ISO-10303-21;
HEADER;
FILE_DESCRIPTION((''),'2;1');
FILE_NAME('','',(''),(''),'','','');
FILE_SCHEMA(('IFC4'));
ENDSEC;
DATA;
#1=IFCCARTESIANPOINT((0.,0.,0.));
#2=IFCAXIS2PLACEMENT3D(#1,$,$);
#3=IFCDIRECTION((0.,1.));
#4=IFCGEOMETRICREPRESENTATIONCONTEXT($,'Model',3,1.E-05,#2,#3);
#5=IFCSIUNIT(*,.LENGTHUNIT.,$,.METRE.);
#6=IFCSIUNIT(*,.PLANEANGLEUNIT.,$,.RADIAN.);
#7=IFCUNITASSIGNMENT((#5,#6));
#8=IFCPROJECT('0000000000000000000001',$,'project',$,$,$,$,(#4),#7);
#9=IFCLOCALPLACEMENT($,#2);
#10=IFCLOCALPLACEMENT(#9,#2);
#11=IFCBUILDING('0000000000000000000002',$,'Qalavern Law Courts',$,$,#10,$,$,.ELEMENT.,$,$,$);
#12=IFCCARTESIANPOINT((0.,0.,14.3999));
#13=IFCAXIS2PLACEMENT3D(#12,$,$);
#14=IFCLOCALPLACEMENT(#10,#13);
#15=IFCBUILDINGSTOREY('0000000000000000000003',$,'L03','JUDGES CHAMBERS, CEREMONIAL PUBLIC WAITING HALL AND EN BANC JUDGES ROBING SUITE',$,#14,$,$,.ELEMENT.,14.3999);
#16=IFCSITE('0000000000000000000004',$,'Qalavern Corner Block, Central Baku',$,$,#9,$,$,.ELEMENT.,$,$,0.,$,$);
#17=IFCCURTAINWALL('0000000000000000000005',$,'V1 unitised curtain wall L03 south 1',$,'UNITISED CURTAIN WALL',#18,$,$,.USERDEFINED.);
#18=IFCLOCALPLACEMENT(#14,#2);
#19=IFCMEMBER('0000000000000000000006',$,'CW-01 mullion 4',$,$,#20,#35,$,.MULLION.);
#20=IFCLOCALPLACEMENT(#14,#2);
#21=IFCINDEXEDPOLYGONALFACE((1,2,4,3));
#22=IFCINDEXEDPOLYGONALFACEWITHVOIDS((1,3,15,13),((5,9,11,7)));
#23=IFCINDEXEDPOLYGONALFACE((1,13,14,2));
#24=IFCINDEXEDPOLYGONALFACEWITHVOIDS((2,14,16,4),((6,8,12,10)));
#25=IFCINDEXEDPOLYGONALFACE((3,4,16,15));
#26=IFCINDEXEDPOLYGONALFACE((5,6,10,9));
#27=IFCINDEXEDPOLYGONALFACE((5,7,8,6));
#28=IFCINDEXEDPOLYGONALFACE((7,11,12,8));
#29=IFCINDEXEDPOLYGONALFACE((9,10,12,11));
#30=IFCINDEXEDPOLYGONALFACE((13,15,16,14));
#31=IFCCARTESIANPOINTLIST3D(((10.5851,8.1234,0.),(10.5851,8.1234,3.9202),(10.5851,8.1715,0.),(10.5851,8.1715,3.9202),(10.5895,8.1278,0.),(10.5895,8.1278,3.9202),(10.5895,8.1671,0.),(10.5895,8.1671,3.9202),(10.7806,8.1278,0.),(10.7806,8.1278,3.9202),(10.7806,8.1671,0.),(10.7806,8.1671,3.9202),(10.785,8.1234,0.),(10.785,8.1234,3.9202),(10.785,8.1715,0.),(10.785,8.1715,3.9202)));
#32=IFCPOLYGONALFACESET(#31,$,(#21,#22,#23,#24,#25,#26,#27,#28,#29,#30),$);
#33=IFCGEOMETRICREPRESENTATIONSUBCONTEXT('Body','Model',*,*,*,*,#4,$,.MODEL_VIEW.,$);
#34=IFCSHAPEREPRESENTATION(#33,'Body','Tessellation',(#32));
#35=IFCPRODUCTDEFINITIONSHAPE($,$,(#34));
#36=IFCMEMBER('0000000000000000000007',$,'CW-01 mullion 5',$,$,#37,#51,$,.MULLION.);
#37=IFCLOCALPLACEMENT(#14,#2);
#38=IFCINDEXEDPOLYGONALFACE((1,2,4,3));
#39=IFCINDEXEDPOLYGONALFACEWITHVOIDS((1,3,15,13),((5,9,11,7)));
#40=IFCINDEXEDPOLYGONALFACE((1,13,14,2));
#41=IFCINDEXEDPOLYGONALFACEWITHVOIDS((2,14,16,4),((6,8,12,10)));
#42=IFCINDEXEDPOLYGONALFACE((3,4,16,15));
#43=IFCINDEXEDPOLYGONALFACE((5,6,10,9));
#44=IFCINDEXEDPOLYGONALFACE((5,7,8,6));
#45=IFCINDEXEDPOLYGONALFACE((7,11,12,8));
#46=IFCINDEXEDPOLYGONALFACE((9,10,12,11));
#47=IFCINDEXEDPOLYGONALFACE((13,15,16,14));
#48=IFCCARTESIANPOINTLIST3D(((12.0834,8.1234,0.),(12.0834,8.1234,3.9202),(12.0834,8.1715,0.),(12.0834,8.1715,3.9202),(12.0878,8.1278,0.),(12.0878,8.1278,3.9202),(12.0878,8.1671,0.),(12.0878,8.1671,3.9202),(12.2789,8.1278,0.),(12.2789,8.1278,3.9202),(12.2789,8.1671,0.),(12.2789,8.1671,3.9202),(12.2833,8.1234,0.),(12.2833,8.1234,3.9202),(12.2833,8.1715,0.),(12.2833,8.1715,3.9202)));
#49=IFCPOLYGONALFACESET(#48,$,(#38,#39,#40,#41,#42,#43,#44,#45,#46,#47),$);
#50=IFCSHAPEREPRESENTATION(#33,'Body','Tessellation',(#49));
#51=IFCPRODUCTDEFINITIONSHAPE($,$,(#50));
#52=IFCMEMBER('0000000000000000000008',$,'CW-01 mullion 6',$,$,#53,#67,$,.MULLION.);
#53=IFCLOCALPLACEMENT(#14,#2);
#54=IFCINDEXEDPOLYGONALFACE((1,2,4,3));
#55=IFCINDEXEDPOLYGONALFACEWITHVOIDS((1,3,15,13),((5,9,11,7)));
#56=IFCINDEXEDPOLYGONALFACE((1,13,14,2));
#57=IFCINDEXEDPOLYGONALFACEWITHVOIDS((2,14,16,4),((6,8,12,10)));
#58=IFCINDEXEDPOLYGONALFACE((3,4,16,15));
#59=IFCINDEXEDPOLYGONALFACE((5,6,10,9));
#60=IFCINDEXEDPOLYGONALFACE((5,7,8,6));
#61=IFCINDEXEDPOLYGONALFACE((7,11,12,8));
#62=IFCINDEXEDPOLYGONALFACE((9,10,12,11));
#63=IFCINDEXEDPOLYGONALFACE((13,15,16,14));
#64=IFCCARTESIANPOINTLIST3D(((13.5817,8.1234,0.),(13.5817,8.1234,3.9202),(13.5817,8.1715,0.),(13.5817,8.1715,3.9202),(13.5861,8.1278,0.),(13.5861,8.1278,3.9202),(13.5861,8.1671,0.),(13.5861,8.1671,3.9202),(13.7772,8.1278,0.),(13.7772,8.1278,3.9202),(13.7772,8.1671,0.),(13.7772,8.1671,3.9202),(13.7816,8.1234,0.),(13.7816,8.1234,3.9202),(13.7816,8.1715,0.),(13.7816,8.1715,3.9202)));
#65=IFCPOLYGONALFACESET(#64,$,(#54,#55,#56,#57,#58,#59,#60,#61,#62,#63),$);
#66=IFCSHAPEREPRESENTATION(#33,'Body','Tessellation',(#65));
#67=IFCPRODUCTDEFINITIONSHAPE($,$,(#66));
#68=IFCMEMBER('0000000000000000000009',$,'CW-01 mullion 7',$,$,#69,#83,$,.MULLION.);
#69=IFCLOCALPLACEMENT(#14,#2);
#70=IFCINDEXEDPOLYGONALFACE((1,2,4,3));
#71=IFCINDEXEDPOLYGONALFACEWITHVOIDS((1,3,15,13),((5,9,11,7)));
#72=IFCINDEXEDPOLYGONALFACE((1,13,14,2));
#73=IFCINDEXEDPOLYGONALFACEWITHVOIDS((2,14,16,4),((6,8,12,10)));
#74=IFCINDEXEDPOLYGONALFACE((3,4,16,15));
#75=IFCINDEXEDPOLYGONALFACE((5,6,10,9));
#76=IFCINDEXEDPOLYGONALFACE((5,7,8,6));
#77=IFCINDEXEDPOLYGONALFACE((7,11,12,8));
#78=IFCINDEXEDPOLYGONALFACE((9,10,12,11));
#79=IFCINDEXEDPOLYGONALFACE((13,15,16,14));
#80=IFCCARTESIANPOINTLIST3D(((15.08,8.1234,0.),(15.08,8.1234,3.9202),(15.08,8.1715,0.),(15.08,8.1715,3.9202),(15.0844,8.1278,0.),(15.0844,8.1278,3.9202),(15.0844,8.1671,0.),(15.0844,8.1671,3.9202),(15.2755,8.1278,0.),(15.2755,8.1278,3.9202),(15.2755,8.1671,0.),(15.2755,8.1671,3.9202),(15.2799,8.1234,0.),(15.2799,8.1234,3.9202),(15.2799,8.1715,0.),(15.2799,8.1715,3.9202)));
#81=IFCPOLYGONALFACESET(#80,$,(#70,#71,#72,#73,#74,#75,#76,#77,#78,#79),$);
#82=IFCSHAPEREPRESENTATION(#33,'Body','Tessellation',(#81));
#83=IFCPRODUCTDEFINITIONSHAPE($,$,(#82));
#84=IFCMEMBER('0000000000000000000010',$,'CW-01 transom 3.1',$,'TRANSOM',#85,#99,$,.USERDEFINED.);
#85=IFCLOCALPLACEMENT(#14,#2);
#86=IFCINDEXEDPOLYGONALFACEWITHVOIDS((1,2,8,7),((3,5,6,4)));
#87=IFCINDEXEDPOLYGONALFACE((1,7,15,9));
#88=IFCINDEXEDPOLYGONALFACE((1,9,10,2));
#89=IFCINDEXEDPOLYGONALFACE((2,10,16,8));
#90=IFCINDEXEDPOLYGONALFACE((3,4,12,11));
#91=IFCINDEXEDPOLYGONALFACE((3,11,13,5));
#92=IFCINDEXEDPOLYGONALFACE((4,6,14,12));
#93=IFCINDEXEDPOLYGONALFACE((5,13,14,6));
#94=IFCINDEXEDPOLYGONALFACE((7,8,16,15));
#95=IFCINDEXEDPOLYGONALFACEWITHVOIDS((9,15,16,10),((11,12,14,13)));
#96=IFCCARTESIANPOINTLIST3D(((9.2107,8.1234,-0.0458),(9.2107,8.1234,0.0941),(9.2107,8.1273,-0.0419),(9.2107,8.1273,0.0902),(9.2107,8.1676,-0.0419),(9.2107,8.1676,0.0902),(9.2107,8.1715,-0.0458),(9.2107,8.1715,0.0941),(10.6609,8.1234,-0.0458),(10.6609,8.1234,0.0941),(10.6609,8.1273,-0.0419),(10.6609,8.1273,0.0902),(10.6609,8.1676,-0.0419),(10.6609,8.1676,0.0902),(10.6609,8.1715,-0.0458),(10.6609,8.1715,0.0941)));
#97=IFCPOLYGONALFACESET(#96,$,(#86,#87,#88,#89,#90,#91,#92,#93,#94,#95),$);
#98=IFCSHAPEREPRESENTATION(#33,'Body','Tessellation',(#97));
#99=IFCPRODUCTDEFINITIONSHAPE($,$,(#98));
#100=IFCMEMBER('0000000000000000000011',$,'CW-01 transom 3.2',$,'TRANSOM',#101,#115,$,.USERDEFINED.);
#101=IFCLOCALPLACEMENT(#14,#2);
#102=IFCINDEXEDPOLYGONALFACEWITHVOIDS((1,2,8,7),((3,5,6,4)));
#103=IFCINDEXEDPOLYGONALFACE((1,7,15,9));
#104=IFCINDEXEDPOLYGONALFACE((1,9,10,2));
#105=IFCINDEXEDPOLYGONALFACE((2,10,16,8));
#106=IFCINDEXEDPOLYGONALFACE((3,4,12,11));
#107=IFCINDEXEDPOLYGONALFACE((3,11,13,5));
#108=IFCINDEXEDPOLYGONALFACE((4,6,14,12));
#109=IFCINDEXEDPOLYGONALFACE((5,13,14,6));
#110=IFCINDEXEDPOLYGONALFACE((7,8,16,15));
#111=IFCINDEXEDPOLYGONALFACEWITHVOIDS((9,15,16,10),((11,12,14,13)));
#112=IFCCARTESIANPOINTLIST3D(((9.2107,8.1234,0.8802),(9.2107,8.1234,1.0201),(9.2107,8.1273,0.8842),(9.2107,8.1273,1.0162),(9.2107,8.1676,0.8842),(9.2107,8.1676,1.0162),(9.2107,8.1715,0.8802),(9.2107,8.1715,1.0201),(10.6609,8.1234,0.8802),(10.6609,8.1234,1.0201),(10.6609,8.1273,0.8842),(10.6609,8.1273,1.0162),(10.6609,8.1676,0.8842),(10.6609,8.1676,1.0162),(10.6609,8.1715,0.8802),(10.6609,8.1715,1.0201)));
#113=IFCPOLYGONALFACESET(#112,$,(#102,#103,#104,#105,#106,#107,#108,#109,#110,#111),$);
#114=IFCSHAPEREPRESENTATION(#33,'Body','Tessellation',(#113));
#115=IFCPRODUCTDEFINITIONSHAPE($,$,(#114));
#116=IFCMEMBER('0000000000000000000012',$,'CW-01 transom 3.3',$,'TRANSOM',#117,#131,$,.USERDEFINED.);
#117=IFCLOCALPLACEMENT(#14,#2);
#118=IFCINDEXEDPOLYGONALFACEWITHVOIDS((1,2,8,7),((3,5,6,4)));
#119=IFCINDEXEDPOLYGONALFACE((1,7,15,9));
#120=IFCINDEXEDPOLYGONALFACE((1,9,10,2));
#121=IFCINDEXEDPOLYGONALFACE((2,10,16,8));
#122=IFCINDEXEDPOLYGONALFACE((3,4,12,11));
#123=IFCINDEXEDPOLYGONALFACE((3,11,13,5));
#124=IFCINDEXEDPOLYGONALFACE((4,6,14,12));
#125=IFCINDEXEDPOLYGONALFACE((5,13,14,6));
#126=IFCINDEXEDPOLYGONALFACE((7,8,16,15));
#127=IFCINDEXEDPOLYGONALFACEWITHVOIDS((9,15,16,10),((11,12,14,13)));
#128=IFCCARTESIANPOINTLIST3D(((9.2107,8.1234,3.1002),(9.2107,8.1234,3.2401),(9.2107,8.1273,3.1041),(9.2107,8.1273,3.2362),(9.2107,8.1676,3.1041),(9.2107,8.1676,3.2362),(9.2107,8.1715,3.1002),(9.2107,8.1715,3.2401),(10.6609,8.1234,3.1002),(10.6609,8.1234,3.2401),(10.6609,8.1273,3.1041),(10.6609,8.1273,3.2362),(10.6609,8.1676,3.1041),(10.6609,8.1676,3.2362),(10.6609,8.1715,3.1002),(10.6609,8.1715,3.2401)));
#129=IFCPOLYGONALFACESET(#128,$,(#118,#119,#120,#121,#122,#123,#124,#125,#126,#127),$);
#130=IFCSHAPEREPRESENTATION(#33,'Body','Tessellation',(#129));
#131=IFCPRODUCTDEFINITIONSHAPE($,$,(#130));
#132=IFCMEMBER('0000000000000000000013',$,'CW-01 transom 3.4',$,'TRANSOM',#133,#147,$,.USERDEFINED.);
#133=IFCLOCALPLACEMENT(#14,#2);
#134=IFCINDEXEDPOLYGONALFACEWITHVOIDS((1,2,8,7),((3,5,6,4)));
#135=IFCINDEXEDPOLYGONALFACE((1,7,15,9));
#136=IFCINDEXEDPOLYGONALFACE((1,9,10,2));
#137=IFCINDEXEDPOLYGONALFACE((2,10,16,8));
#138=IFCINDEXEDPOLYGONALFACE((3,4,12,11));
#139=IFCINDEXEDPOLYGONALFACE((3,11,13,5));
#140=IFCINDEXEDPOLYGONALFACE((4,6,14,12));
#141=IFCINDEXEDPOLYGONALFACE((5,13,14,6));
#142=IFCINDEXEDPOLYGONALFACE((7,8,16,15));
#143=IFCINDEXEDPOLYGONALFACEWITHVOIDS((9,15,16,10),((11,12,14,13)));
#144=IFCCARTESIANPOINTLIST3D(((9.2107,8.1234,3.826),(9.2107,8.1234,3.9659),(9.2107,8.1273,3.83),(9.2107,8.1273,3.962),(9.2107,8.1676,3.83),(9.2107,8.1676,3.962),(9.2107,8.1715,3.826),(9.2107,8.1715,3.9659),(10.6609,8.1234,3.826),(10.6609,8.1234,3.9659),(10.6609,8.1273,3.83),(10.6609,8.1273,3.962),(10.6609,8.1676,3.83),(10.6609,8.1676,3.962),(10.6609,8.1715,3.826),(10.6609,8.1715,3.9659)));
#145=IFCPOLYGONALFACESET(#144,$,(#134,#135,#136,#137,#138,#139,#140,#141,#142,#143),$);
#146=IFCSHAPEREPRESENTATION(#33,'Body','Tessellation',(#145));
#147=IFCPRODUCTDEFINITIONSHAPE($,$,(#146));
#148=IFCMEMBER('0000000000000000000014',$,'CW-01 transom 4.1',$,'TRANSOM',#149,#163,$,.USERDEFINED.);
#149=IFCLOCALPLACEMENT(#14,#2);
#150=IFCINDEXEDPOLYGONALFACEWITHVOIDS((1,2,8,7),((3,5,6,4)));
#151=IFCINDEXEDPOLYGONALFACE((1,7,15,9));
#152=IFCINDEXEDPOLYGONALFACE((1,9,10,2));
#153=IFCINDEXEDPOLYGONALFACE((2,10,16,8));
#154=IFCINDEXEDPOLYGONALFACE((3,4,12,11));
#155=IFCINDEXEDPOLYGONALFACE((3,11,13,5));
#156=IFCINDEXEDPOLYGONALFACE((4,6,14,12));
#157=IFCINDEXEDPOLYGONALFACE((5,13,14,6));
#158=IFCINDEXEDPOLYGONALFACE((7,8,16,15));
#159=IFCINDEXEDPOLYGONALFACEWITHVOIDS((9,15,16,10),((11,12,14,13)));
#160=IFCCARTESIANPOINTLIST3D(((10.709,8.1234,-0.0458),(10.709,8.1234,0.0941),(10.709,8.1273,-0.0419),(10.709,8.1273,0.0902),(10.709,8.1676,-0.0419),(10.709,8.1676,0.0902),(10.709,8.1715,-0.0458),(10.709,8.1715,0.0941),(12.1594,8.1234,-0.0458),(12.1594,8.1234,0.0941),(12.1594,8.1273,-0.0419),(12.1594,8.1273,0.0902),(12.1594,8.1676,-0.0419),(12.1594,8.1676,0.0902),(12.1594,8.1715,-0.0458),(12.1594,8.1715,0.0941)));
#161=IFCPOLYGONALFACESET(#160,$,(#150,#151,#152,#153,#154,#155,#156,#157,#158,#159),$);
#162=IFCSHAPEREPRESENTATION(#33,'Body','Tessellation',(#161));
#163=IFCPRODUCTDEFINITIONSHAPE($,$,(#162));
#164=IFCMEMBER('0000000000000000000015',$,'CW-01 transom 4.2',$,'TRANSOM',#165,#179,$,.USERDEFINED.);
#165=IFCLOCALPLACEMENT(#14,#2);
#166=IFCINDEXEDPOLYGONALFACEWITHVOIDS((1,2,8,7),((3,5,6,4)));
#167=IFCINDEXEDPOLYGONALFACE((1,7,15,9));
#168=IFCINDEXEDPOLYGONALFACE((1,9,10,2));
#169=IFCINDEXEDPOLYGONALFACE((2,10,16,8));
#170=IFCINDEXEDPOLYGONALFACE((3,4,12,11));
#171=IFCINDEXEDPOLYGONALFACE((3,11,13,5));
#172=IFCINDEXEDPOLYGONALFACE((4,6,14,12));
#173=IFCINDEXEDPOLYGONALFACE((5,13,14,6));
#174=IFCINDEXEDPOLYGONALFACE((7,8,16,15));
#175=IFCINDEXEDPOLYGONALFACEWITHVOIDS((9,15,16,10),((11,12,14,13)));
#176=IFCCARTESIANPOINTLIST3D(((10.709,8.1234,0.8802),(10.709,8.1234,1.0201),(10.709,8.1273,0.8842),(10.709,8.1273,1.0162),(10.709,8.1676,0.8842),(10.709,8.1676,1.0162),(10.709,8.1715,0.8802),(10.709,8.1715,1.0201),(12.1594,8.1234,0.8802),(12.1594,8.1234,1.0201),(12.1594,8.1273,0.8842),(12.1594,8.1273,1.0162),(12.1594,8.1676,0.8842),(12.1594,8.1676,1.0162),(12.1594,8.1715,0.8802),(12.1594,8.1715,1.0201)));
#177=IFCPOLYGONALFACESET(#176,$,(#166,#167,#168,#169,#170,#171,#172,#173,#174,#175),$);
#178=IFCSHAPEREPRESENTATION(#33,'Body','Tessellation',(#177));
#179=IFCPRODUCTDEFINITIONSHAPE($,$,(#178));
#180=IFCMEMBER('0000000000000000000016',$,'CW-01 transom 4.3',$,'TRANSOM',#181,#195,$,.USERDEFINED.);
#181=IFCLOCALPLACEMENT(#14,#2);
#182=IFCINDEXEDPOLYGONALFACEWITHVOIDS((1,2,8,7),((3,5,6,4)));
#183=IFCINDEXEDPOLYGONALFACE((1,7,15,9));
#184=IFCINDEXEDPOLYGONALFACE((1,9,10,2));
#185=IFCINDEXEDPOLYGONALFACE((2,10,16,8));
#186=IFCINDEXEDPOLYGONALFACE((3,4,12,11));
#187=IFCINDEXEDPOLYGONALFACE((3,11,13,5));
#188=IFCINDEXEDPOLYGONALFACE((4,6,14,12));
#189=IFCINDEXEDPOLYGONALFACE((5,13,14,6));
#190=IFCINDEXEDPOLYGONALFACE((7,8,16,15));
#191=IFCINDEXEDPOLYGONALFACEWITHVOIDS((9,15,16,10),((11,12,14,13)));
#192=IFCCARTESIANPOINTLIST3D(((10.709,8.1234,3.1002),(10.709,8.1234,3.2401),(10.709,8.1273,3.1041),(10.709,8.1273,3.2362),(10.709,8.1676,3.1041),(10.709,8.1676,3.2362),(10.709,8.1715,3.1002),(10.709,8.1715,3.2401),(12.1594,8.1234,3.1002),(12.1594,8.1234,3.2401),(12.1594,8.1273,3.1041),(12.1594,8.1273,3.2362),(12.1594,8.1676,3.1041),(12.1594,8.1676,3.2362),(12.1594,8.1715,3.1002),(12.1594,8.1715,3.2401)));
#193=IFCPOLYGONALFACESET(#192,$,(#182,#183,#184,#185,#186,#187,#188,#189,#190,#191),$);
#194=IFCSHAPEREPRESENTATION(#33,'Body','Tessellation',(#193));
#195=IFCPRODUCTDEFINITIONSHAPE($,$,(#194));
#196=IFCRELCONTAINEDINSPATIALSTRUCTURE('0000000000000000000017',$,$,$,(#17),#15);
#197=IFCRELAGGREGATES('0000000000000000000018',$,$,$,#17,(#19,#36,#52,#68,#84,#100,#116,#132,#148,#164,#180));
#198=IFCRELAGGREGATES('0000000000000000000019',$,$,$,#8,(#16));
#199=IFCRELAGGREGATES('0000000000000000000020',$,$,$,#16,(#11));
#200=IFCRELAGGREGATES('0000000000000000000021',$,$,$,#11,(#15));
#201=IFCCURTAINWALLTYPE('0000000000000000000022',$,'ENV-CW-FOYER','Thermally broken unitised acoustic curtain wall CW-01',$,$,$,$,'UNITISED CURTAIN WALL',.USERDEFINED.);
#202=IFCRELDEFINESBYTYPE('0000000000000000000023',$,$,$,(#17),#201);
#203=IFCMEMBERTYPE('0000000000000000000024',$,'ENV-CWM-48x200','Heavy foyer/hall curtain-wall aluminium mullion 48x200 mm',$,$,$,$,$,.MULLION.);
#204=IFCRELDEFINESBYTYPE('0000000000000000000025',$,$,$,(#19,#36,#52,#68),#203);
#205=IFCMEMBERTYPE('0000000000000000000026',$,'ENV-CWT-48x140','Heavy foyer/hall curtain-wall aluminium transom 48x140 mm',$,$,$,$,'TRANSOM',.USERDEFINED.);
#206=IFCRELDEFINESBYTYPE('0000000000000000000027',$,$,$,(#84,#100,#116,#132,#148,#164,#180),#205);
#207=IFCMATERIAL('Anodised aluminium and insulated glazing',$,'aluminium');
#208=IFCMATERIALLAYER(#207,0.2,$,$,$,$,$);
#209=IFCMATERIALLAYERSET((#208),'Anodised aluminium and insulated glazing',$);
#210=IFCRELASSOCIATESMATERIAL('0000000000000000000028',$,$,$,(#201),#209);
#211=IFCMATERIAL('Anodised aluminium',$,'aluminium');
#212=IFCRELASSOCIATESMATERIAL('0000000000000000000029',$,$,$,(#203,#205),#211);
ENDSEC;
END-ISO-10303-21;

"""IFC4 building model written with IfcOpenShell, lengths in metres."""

from ifc_helpers import new_model, si_unit, direction, frame, origin, origin_2d, place, context, subcontext, project, spatial, hollow_rectangle, extrude, material, layer, layer_set, material_profile, profile_set, type_object, element, aggregate, save


model = new_model("IFC4")

# Units and contexts
model_context = context("Model", 3, precision=1e-05, world=origin(), true_north=direction((0.0, 1.0)))
body_context = subcontext(model_context, "Body", "Model", "MODEL_VIEW")
ifc_project = project(units=[si_unit("LENGTHUNIT", "METRE"), si_unit("PLANEANGLEUNIT", "RADIAN")], contexts=[model_context])

# Site, building, storey
site_placement = place(None, origin())
site = spatial("IfcSite", under=ifc_project, at=site_placement, Name="Qalavern Corner Block, Central Baku", CompositionType="ELEMENT", RefElevation=0.0)
building_placement = place(site_placement, origin())
building = spatial("IfcBuilding", under=site, at=building_placement, Name="Qalavern Law Courts", CompositionType="ELEMENT")
storey_placement = place(building_placement, frame((0.0, 0.0, 14.3999)))
storey = spatial("IfcBuildingStorey", under=building, at=storey_placement, Name="L03", Description="JUDGES CHAMBERS, CEREMONIAL PUBLIC WAITING HALL AND EN BANC JUDGES ROBING SUITE", CompositionType="ELEMENT", Elevation=14.3999)

# Curtain wall, members
ifc_material_1 = material(Name="Anodised aluminium and insulated glazing", Category="aluminium")
ifc_layer_1 = layer(ifc_material_1, 0.2)
ifc_layer_set_1 = layer_set([ifc_layer_1], Name="Anodised aluminium and insulated glazing")
curtain_wall_type = type_object("IfcCurtainWallType", Name="ENV-CW-FOYER", Description="Thermally broken unitised acoustic curtain wall CW-01", ElementType="UNITISED CURTAIN WALL", PredefinedType="USERDEFINED", material=ifc_layer_set_1)
curtain_wall_placement = place(storey_placement, origin())
curtain_wall = element("IfcCurtainWall", 1, at=curtain_wall_placement, inside=storey, type_object=curtain_wall_type, Name="V1 unitised curtain wall L03 south 1", ObjectType="UNITISED CURTAIN WALL", PredefinedType="USERDEFINED")
ifc_material_2 = material(Name="Anodised aluminium", Category="aluminium")
ifc_material_profile_1 = material_profile(ifc_material_2, hollow_rectangle(XDim=0.0481, YDim=0.2, WallThickness=0.0044, at=origin_2d()), Name="ALU MULLION 48x200")
ifc_profile_set_1 = profile_set([ifc_material_profile_1], Name="Anodised aluminium")
member_type_1 = type_object("IfcMemberType", Name="ENV-CWM-48x200", Description="Heavy foyer/hall curtain-wall aluminium mullion 48x200 mm", PredefinedType="MULLION", material=ifc_profile_set_1)
member_1_placement = place(storey_placement, frame((10.6851, 8.1475, 0.0), z_axis=(0.0, 0.0, 1.0), x_axis=(0.0, 1.0, 0.0)))
member_1 = element("IfcMember", 2, at=member_1_placement, type_object=member_type_1, Name="CW-01 mullion 4", PredefinedType="MULLION", context=body_context, shape_type="SweptSolid", body=[
    extrude(hollow_rectangle(XDim=0.0481, YDim=0.2, WallThickness=0.0044, at=origin_2d()), origin(), (0.0, 0.0, 1.0), 3.9202),
])
member_2_placement = place(storey_placement, frame((12.1833, 8.1475, 0.0), z_axis=(0.0, 0.0, 1.0), x_axis=(0.0, 1.0, 0.0)))
member_2 = element("IfcMember", 3, at=member_2_placement, type_object=member_type_1, Name="CW-01 mullion 5", PredefinedType="MULLION", context=body_context, shape_type="SweptSolid", body=[
    extrude(hollow_rectangle(XDim=0.0481, YDim=0.2, WallThickness=0.0044, at=origin_2d()), origin(), (0.0, 0.0, 1.0), 3.9202),
])
member_3_placement = place(storey_placement, frame((13.6816, 8.1475, 0.0), z_axis=(0.0, 0.0, 1.0), x_axis=(0.0, 1.0, 0.0)))
member_3 = element("IfcMember", 4, at=member_3_placement, type_object=member_type_1, Name="CW-01 mullion 6", PredefinedType="MULLION", context=body_context, shape_type="SweptSolid", body=[
    extrude(hollow_rectangle(XDim=0.0481, YDim=0.2, WallThickness=0.0044, at=origin_2d()), origin(), (0.0, 0.0, 1.0), 3.9202),
])
member_4_placement = place(storey_placement, frame((15.1799, 8.1475, 0.0), z_axis=(0.0, 0.0, 1.0), x_axis=(0.0, 1.0, 0.0)))
member_4 = element("IfcMember", 5, at=member_4_placement, type_object=member_type_1, Name="CW-01 mullion 7", PredefinedType="MULLION", context=body_context, shape_type="SweptSolid", body=[
    extrude(hollow_rectangle(XDim=0.0481, YDim=0.2, WallThickness=0.0044, at=origin_2d()), origin(), (0.0, 0.0, 1.0), 3.9202),
])
ifc_material_profile_2 = material_profile(ifc_material_2, hollow_rectangle(XDim=0.0481, YDim=0.1399, WallThickness=0.0039, at=origin_2d()), Name="ALU TRANSOM 48x140")
ifc_profile_set_2 = profile_set([ifc_material_profile_2], Name="Anodised aluminium")
member_type_2 = type_object("IfcMemberType", Name="ENV-CWT-48x140", Description="Heavy foyer/hall curtain-wall aluminium transom 48x140 mm", ElementType="TRANSOM", PredefinedType="USERDEFINED", material=ifc_profile_set_2)
member_5_placement = place(storey_placement, frame((9.2107, 8.1475, 0.0242), z_axis=(1.0, 0.0, 0.0), x_axis=(0.0, 1.0, 0.0)))
member_5 = element("IfcMember", 6, at=member_5_placement, type_object=member_type_2, Name="CW-01 transom 3.1", ObjectType="TRANSOM", PredefinedType="USERDEFINED", context=body_context, shape_type="SweptSolid", body=[
    extrude(hollow_rectangle(XDim=0.0481, YDim=0.1399, WallThickness=0.0039, at=origin_2d()), origin(), (0.0, 0.0, 1.0), 1.4502),
])
member_6_placement = place(storey_placement, frame((9.2107, 8.1475, 0.9502), z_axis=(1.0, 0.0, 0.0), x_axis=(0.0, 1.0, 0.0)))
member_6 = element("IfcMember", 7, at=member_6_placement, type_object=member_type_2, Name="CW-01 transom 3.2", ObjectType="TRANSOM", PredefinedType="USERDEFINED", context=body_context, shape_type="SweptSolid", body=[
    extrude(hollow_rectangle(XDim=0.0481, YDim=0.1399, WallThickness=0.0039, at=origin_2d()), origin(), (0.0, 0.0, 1.0), 1.4502),
])
member_7_placement = place(storey_placement, frame((9.2107, 8.1475, 3.1702), z_axis=(1.0, 0.0, 0.0), x_axis=(0.0, 1.0, 0.0)))
member_7 = element("IfcMember", 8, at=member_7_placement, type_object=member_type_2, Name="CW-01 transom 3.3", ObjectType="TRANSOM", PredefinedType="USERDEFINED", context=body_context, shape_type="SweptSolid", body=[
    extrude(hollow_rectangle(XDim=0.0481, YDim=0.1399, WallThickness=0.0039, at=origin_2d()), origin(), (0.0, 0.0, 1.0), 1.4502),
])
member_8_placement = place(storey_placement, frame((9.2107, 8.1475, 3.896), z_axis=(1.0, 0.0, 0.0), x_axis=(0.0, 1.0, 0.0)))
member_8 = element("IfcMember", 9, at=member_8_placement, type_object=member_type_2, Name="CW-01 transom 3.4", ObjectType="TRANSOM", PredefinedType="USERDEFINED", context=body_context, shape_type="SweptSolid", body=[
    extrude(hollow_rectangle(XDim=0.0481, YDim=0.1399, WallThickness=0.0039, at=origin_2d()), origin(), (0.0, 0.0, 1.0), 1.4502),
])
member_9_placement = place(storey_placement, frame((10.709, 8.1475, 0.0242), z_axis=(1.0, 0.0, 0.0), x_axis=(0.0, 1.0, 0.0)))
member_9 = element("IfcMember", 10, at=member_9_placement, type_object=member_type_2, Name="CW-01 transom 4.1", ObjectType="TRANSOM", PredefinedType="USERDEFINED", context=body_context, shape_type="SweptSolid", body=[
    extrude(hollow_rectangle(XDim=0.0481, YDim=0.1399, WallThickness=0.0039, at=origin_2d()), origin(), (0.0, 0.0, 1.0), 1.4504),
])
member_10_placement = place(storey_placement, frame((10.709, 8.1475, 0.9502), z_axis=(1.0, 0.0, 0.0), x_axis=(0.0, 1.0, 0.0)))
member_10 = element("IfcMember", 11, at=member_10_placement, type_object=member_type_2, Name="CW-01 transom 4.2", ObjectType="TRANSOM", PredefinedType="USERDEFINED", context=body_context, shape_type="SweptSolid", body=[
    extrude(hollow_rectangle(XDim=0.0481, YDim=0.1399, WallThickness=0.0039, at=origin_2d()), origin(), (0.0, 0.0, 1.0), 1.4504),
])
member_11_placement = place(storey_placement, frame((10.709, 8.1475, 3.1702), z_axis=(1.0, 0.0, 0.0), x_axis=(0.0, 1.0, 0.0)))
member_11 = element("IfcMember", 12, at=member_11_placement, type_object=member_type_2, Name="CW-01 transom 4.3", ObjectType="TRANSOM", PredefinedType="USERDEFINED", context=body_context, shape_type="SweptSolid", body=[
    extrude(hollow_rectangle(XDim=0.0481, YDim=0.1399, WallThickness=0.0039, at=origin_2d()), origin(), (0.0, 0.0, 1.0), 1.4504),
])

aggregate(curtain_wall, [member_1, member_2, member_3, member_4, member_5, member_6, member_7, member_8, member_9, member_10, member_11])

save(model, "model.ifc")
